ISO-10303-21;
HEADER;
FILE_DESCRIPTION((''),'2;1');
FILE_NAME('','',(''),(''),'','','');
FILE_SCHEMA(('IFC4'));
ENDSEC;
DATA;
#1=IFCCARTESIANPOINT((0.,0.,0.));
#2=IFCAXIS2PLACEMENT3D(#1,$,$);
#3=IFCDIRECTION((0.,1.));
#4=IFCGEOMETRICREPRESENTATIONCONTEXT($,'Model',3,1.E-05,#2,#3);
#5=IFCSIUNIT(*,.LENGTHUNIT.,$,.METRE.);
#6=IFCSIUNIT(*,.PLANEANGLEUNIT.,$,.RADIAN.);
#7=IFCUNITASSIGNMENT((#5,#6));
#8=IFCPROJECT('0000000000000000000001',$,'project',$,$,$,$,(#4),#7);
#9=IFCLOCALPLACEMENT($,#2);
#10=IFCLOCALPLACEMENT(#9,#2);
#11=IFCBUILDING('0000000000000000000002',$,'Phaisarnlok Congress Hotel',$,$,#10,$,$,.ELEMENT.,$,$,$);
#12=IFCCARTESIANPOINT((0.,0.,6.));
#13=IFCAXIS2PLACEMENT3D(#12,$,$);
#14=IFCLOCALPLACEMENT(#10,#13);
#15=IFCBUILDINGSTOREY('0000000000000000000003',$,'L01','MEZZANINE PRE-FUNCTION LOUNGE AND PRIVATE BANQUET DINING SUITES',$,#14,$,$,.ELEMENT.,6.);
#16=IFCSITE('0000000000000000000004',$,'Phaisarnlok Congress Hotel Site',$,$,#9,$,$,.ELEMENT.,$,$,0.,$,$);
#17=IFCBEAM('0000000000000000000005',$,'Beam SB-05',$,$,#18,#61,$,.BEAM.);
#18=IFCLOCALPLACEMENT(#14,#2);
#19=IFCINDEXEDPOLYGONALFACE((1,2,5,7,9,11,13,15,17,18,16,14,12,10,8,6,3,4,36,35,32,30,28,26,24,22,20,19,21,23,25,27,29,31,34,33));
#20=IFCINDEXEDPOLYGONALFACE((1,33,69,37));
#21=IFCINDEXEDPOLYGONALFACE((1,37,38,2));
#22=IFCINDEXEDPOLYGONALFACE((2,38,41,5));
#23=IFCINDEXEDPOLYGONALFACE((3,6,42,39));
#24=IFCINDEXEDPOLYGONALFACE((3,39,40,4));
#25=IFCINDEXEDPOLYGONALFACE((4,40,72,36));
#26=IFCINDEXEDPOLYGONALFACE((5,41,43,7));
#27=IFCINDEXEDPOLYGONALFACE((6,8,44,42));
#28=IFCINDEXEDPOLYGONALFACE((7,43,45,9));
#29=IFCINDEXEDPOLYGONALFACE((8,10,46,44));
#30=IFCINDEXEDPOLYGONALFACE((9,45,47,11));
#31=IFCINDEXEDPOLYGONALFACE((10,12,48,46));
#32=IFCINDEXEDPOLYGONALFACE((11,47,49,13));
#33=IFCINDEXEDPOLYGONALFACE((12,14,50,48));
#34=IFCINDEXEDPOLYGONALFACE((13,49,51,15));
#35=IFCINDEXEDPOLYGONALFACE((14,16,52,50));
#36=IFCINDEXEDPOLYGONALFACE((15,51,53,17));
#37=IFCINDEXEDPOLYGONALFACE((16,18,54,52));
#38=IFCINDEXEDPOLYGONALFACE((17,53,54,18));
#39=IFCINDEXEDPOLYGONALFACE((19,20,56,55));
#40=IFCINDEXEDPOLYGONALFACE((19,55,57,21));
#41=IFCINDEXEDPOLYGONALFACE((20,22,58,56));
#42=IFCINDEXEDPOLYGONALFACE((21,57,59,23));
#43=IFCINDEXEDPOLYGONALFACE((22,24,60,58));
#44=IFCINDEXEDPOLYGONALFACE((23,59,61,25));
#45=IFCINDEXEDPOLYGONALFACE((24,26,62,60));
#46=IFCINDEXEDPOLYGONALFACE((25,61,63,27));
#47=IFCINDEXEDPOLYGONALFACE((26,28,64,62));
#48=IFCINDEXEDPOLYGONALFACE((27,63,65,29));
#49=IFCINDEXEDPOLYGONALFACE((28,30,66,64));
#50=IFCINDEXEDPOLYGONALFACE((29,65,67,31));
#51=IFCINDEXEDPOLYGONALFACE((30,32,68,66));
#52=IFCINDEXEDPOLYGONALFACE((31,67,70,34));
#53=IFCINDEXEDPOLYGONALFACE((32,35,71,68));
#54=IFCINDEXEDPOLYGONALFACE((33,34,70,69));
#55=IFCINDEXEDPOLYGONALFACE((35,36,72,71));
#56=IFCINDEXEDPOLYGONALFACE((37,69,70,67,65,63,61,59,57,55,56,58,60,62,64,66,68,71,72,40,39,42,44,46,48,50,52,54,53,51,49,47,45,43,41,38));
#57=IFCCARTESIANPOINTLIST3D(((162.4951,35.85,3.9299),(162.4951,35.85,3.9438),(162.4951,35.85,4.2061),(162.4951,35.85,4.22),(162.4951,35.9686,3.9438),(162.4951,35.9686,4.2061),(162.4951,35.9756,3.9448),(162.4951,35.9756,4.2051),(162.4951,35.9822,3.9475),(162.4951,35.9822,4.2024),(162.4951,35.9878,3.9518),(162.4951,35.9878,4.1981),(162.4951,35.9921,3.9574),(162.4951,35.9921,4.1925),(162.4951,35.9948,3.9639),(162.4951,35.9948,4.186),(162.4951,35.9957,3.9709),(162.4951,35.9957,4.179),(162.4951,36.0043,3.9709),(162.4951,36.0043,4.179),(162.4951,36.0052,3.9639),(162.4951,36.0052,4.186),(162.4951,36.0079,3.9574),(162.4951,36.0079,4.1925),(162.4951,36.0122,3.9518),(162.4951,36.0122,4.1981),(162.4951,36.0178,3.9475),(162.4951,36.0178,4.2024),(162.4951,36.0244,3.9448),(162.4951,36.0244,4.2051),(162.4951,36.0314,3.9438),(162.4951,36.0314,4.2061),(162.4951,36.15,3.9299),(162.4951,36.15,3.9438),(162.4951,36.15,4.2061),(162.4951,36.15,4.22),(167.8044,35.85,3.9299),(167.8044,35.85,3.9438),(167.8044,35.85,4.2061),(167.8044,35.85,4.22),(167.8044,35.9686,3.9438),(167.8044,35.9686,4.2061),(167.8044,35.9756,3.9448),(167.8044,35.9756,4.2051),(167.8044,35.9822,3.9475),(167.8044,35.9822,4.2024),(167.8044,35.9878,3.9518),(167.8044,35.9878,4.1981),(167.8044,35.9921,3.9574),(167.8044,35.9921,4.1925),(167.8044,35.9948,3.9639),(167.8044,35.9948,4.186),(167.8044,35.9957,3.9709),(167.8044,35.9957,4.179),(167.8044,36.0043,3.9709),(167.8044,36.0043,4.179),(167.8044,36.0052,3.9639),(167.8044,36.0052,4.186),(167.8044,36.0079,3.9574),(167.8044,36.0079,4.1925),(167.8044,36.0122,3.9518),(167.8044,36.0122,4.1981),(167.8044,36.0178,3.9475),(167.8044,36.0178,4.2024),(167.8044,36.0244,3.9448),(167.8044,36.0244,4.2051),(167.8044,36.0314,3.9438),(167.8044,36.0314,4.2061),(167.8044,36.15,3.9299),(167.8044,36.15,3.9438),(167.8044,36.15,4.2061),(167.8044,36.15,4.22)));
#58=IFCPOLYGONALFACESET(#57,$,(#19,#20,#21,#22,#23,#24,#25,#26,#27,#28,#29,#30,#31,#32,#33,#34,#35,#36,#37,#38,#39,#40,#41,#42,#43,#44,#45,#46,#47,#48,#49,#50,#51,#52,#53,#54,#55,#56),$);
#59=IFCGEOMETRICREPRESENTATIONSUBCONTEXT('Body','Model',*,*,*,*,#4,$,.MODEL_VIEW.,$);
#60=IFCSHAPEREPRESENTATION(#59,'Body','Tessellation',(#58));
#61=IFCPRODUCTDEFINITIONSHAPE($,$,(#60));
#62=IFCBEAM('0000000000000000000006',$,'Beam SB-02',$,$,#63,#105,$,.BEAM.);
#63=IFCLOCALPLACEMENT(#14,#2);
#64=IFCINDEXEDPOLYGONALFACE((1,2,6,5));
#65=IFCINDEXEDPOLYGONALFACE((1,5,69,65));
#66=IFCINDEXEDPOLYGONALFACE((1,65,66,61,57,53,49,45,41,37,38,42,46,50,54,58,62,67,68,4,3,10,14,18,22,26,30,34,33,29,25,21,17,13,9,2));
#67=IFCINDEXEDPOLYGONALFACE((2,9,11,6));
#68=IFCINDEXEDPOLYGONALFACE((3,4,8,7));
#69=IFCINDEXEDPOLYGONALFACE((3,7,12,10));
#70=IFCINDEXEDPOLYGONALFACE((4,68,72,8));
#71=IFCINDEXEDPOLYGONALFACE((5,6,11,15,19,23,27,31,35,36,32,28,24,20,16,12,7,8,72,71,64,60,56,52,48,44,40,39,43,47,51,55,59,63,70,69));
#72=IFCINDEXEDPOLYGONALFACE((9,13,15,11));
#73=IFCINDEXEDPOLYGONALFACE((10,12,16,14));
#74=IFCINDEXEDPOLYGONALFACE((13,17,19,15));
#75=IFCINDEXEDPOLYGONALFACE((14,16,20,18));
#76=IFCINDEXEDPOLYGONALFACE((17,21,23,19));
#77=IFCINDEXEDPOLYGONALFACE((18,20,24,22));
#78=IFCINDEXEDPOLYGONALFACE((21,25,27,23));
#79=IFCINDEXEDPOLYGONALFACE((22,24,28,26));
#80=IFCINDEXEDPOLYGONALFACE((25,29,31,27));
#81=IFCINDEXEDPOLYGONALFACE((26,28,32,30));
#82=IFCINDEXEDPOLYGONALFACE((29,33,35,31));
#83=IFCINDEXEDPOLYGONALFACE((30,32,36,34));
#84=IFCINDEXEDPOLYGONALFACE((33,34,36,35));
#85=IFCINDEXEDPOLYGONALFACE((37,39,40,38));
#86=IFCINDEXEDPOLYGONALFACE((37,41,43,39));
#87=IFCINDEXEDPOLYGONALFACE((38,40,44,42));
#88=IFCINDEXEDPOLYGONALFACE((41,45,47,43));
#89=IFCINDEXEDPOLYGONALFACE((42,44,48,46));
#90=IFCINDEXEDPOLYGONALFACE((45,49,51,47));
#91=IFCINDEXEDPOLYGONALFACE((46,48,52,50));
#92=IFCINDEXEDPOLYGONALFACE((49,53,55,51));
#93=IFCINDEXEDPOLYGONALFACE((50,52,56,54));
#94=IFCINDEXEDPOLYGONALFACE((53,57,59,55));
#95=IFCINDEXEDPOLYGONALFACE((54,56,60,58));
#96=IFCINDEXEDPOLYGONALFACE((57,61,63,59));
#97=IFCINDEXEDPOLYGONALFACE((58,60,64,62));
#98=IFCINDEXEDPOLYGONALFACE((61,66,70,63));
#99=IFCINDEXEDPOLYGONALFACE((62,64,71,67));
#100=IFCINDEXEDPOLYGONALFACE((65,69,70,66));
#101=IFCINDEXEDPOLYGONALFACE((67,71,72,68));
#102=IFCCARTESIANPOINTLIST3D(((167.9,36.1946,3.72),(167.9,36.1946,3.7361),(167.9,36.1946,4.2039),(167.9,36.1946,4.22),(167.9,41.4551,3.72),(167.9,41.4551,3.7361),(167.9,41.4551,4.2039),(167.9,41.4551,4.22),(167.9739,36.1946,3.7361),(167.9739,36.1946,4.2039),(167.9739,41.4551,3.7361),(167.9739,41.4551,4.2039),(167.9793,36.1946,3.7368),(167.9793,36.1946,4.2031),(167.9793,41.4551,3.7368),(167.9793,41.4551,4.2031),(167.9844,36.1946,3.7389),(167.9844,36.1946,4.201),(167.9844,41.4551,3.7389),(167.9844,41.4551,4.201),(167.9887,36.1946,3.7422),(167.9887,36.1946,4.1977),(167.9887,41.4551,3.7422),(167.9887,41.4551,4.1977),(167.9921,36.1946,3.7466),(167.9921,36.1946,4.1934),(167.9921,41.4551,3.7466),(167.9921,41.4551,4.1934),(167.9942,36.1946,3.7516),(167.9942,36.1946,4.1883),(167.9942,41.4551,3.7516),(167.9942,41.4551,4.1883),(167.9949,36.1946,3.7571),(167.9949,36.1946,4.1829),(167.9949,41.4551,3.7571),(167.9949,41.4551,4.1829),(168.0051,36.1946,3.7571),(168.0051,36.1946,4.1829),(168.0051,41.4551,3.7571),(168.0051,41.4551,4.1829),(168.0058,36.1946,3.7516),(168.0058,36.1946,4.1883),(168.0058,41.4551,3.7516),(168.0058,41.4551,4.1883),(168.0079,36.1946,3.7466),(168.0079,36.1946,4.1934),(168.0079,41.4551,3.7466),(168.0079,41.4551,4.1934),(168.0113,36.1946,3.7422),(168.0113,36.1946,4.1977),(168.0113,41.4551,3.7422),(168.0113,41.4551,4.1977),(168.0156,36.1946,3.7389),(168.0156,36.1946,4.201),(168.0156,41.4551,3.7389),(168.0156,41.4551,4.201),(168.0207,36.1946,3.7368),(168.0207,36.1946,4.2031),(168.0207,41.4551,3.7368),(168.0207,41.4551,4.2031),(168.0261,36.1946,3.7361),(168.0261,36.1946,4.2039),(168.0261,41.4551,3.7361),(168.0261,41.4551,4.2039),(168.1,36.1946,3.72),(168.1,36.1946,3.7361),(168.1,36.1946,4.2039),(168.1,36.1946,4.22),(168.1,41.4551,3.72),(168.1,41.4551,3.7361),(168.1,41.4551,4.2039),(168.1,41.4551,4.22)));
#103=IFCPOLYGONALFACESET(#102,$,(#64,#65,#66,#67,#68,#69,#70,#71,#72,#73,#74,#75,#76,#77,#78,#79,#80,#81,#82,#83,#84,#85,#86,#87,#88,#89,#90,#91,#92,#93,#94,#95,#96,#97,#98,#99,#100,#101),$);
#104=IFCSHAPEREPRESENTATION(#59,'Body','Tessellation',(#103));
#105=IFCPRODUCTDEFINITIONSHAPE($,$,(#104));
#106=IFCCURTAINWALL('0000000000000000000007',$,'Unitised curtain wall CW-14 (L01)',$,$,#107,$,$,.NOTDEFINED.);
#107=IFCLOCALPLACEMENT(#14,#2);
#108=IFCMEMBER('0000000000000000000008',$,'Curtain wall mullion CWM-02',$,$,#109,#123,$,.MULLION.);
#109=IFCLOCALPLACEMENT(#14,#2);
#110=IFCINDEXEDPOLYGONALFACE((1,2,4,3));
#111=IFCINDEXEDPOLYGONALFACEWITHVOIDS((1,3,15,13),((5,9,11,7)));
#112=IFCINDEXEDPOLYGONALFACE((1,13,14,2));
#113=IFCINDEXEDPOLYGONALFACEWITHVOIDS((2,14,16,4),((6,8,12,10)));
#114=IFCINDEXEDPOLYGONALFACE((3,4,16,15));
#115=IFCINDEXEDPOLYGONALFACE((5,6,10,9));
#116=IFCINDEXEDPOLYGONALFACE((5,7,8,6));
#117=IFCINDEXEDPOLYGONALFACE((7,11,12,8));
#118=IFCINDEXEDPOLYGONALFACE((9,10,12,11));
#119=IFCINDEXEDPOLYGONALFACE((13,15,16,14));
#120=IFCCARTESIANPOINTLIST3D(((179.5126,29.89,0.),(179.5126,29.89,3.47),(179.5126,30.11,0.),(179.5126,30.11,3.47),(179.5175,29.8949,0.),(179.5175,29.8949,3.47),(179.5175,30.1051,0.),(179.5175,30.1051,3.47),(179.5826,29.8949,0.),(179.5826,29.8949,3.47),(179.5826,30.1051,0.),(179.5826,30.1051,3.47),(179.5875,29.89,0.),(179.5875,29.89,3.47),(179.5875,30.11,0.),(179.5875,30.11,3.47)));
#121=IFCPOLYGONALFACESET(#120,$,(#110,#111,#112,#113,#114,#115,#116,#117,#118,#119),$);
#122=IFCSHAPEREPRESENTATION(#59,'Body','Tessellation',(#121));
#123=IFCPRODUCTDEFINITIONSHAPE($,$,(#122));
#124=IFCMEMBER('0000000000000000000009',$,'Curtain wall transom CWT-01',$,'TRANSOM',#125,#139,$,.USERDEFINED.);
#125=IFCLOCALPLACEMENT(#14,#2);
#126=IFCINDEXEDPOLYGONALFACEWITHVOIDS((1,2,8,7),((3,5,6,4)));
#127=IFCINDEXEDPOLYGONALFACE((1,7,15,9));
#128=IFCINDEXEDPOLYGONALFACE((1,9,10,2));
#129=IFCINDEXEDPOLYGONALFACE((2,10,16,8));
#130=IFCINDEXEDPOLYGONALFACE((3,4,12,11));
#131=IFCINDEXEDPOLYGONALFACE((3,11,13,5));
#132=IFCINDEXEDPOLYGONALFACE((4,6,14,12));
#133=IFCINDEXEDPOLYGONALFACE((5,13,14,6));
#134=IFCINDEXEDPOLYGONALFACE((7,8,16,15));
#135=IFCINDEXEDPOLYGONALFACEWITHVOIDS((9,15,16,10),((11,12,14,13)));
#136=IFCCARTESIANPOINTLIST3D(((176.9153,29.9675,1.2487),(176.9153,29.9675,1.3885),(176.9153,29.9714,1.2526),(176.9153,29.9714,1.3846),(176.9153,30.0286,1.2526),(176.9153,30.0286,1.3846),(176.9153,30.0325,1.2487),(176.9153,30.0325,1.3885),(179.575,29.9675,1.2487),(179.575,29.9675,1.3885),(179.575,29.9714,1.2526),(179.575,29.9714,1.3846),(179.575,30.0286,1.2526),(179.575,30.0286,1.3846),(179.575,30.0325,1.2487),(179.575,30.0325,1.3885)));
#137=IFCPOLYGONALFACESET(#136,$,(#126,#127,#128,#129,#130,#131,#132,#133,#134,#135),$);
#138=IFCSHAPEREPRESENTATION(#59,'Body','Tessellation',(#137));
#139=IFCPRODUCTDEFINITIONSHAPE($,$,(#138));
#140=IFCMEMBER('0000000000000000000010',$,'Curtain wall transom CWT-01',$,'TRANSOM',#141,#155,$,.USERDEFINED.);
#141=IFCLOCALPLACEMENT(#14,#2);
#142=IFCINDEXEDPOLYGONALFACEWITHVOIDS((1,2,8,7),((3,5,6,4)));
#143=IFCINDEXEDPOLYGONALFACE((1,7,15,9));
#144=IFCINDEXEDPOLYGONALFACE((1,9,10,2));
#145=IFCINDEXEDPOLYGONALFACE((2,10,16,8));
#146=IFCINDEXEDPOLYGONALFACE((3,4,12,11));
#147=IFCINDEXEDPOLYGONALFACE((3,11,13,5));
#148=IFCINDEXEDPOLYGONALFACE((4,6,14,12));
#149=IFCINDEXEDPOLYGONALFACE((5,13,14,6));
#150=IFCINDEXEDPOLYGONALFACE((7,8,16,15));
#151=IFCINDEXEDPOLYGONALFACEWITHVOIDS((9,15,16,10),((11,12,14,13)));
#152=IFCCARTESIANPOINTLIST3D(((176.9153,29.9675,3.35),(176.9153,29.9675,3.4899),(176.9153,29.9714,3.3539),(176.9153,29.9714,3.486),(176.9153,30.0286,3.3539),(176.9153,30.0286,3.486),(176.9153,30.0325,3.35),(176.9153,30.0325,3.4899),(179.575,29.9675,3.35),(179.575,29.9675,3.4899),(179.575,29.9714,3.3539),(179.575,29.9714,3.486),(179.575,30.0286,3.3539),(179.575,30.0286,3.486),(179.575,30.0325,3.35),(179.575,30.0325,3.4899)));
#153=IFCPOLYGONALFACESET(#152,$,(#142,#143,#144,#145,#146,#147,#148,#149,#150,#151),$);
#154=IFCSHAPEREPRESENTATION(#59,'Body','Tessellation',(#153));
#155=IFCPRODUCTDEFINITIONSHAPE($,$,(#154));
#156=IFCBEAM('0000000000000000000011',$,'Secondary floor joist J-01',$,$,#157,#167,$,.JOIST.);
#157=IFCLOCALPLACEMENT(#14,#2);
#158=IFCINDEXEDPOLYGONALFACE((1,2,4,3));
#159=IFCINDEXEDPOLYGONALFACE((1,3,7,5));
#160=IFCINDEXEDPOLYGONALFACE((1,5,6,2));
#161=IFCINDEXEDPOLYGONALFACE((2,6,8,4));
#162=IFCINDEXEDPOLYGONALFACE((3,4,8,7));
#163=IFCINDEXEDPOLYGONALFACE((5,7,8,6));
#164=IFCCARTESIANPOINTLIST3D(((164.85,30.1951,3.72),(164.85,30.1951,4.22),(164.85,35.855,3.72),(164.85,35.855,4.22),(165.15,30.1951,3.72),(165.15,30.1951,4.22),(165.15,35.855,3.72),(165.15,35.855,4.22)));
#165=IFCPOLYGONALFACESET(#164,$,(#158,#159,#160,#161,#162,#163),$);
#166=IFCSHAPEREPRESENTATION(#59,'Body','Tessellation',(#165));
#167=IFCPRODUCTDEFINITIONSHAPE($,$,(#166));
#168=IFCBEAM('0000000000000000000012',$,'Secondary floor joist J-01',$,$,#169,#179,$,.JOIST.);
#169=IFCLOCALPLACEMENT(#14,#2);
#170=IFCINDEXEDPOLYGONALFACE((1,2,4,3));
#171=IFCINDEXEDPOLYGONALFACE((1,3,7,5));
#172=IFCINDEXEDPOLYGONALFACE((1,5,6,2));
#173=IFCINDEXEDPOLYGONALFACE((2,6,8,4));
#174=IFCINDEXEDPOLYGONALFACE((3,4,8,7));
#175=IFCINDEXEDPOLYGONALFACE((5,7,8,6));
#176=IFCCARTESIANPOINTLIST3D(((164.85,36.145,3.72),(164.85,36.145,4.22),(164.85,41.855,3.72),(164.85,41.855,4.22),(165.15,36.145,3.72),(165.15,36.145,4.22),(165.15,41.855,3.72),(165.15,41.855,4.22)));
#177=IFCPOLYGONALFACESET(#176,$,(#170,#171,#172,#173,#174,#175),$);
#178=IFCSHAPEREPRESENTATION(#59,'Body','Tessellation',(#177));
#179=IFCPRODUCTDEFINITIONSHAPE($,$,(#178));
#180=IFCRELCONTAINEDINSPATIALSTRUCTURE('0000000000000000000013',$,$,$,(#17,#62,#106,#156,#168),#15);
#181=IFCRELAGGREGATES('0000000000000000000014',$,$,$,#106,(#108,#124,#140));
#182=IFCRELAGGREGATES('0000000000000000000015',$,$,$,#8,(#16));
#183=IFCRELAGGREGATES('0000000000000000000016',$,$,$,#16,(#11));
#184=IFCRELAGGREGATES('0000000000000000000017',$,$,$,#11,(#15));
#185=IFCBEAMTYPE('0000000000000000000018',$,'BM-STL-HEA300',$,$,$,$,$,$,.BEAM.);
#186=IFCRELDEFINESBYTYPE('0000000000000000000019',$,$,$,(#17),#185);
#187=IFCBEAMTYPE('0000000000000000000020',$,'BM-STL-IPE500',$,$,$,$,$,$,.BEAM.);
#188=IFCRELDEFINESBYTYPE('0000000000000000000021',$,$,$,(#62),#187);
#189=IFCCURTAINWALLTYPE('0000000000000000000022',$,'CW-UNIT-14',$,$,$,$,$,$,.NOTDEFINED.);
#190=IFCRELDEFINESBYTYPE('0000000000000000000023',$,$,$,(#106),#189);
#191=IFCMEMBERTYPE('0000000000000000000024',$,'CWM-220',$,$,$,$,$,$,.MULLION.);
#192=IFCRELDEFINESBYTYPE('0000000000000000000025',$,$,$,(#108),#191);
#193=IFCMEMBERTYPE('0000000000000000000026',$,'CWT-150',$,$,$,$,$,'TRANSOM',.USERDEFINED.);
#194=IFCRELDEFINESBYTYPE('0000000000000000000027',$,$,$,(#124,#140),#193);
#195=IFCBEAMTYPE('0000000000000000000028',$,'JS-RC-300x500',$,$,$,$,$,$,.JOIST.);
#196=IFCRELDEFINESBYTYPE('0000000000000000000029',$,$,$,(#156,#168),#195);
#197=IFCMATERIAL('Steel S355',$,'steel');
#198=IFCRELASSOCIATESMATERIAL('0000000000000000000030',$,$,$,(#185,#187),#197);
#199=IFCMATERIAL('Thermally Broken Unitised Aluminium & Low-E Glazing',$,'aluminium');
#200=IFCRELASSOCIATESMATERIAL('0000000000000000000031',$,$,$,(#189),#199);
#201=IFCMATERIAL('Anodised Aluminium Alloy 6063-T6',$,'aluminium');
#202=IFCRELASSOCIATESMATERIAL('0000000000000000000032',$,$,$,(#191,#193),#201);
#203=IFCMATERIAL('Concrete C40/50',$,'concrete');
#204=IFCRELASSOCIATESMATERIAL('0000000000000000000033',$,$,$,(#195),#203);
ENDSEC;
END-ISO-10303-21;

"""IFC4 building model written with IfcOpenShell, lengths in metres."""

from ifc_helpers import new_model, si_unit, direction, frame, origin, origin_2d, place, context, subcontext, project, spatial, rectangle, hollow_rectangle, i_section, extrude, material, material_profile, profile_set, type_object, element, aggregate, save


model = new_model("IFC4")

# Units and contexts
model_context = context("Model", 3, precision=1e-05, world=origin(), true_north=direction((0.0, 1.0)))
body_context = subcontext(model_context, "Body", "Model", "MODEL_VIEW")
ifc_project = project(units=[si_unit("LENGTHUNIT", "METRE"), si_unit("PLANEANGLEUNIT", "RADIAN")], contexts=[model_context])

# Site, building, storey
site_placement = place(None, origin())
site = spatial("IfcSite", under=ifc_project, at=site_placement, Name="Phaisarnlok Congress Hotel Site", CompositionType="ELEMENT", RefElevation=0.0)
building_placement = place(site_placement, origin())
building = spatial("IfcBuilding", under=site, at=building_placement, Name="Phaisarnlok Congress Hotel", CompositionType="ELEMENT")
storey_placement = place(building_placement, frame((0.0, 0.0, 6.0)))
storey = spatial("IfcBuildingStorey", under=building, at=storey_placement, Name="L01", Description="MEZZANINE PRE-FUNCTION LOUNGE AND PRIVATE BANQUET DINING SUITES", CompositionType="ELEMENT", Elevation=6.0)

# Shared definitions
ifc_material_1 = material(Name="Steel S355", Category="steel")

# Beams
ifc_material_2 = material(Name="Concrete C40/50", Category="concrete")
ifc_material_profile_1 = material_profile(ifc_material_1, i_section(OverallWidth=0.3, OverallDepth=0.29, WebThickness=0.0085, FlangeThickness=0.0139, FilletRadius=0.0271, at=origin_2d()), Name="HEA 300")
ifc_profile_set_1 = profile_set([ifc_material_profile_1], Name="Steel S355")
beam_type_1 = type_object("IfcBeamType", Name="BM-STL-HEA300", PredefinedType="BEAM", material=ifc_profile_set_1)
beam_1_placement = place(storey_placement, frame((162.4951, 36.0, 4.075), z_axis=(1.0, 0.0, 0.0), x_axis=(0.0, 1.0, 0.0)))
element("IfcBeam", 1, at=beam_1_placement, inside=storey, type_object=beam_type_1, Name="Beam SB-05", PredefinedType="BEAM", context=body_context, shape_type="SweptSolid", body=[
    extrude(i_section(OverallWidth=0.3, OverallDepth=0.29, WebThickness=0.0085, FlangeThickness=0.0139, FilletRadius=0.0271, at=origin_2d()), origin(), (0.0, 0.0, 1.0), 5.3093),
])
ifc_material_profile_2 = material_profile(ifc_material_1, i_section(OverallWidth=0.2, OverallDepth=0.5, WebThickness=0.0103, FlangeThickness=0.0161, FilletRadius=0.021, at=origin_2d()), Name="IPE 500")
ifc_profile_set_2 = profile_set([ifc_material_profile_2], Name="Steel S355")
beam_type_2 = type_object("IfcBeamType", Name="BM-STL-IPE500", PredefinedType="BEAM", material=ifc_profile_set_2)
beam_2_placement = place(storey_placement, frame((168.0, 36.1946, 3.97), z_axis=(0.0, 1.0, 0.0), x_axis=(-1.0, 0.0, 0.0)))
element("IfcBeam", 2, at=beam_2_placement, inside=storey, type_object=beam_type_2, Name="Beam SB-02", PredefinedType="BEAM", context=body_context, shape_type="SweptSolid", body=[
    extrude(i_section(OverallWidth=0.2, OverallDepth=0.5, WebThickness=0.0103, FlangeThickness=0.0161, FilletRadius=0.021, at=origin_2d()), origin(), (0.0, 0.0, 1.0), 5.2605),
])

# Curtain wall, members
ifc_material_3 = material(Name="Thermally Broken Unitised Aluminium & Low-E Glazing", Category="aluminium")
curtain_wall_type = type_object("IfcCurtainWallType", Name="CW-UNIT-14", PredefinedType="NOTDEFINED", material=ifc_material_3)
curtain_wall_placement = place(storey_placement, origin())
curtain_wall = element("IfcCurtainWall", 3, at=curtain_wall_placement, inside=storey, type_object=curtain_wall_type, Name="Unitised curtain wall CW-14 (L01)", PredefinedType="NOTDEFINED")
ifc_material_4 = material(Name="Anodised Aluminium Alloy 6063-T6", Category="aluminium")
ifc_material_profile_3 = material_profile(ifc_material_4, hollow_rectangle(XDim=0.075, YDim=0.22, WallThickness=0.0049, at=origin_2d()), Name="ALU-M 75x220x5")
ifc_profile_set_3 = profile_set([ifc_material_profile_3], Name="Anodised Aluminium Alloy 6063-T6")
member_type_1 = type_object("IfcMemberType", Name="CWM-220", PredefinedType="MULLION", material=ifc_profile_set_3)
member_1_placement = place(storey_placement, frame((179.55, 30.0, 0.0), z_axis=(0.0, 0.0, 1.0), x_axis=(1.0, 0.0, 0.0)))
member_1 = element("IfcMember", 4, at=member_1_placement, type_object=member_type_1, Name="Curtain wall mullion CWM-02", PredefinedType="MULLION", context=body_context, shape_type="SweptSolid", body=[
    extrude(hollow_rectangle(XDim=0.075, YDim=0.22, WallThickness=0.0049, at=origin_2d()), origin(), (0.0, 0.0, 1.0), 3.47),
])
ifc_material_profile_4 = material_profile(ifc_material_4, hollow_rectangle(XDim=0.0649, YDim=0.1399, WallThickness=0.0039, at=origin_2d()), Name="ALU-T 65x140x4")
ifc_profile_set_4 = profile_set([ifc_material_profile_4], Name="Anodised Aluminium Alloy 6063-T6")
member_type_2 = type_object("IfcMemberType", Name="CWT-150", ElementType="TRANSOM", PredefinedType="USERDEFINED", material=ifc_profile_set_4)
member_2_placement = place(storey_placement, frame((176.9153, 30.0, 1.3186), z_axis=(1.0, 0.0, 0.0), x_axis=(0.0, 1.0, 0.0)))
member_2 = element("IfcMember", 5, at=member_2_placement, type_object=member_type_2, Name="Curtain wall transom CWT-01", ObjectType="TRANSOM", PredefinedType="USERDEFINED", context=body_context, shape_type="SweptSolid", body=[
    extrude(hollow_rectangle(XDim=0.0649, YDim=0.1399, WallThickness=0.0039, at=origin_2d()), origin(), (0.0, 0.0, 1.0), 2.6597),
])
member_3_placement = place(storey_placement, frame((176.9153, 30.0, 3.4199), z_axis=(1.0, 0.0, 0.0), x_axis=(0.0, 1.0, 0.0)))
member_3 = element("IfcMember", 6, at=member_3_placement, type_object=member_type_2, Name="Curtain wall transom CWT-01", ObjectType="TRANSOM", PredefinedType="USERDEFINED", context=body_context, shape_type="SweptSolid", body=[
    extrude(hollow_rectangle(XDim=0.0649, YDim=0.1399, WallThickness=0.0039, at=origin_2d()), origin(), (0.0, 0.0, 1.0), 2.6597),
])

# Beams
ifc_material_profile_5 = material_profile(ifc_material_2, rectangle(XDim=0.3, YDim=0.5, at=origin_2d()), Name="RC 300x500")
ifc_profile_set_5 = profile_set([ifc_material_profile_5], Name="Concrete C40/50")
beam_type_3 = type_object("IfcBeamType", Name="JS-RC-300x500", PredefinedType="JOIST", material=ifc_profile_set_5)
beam_3_placement = place(storey_placement, frame((165.0, 30.1951, 3.97), z_axis=(0.0, 1.0, 0.0), x_axis=(-1.0, 0.0, 0.0)))
element("IfcBeam", 7, at=beam_3_placement, inside=storey, type_object=beam_type_3, Name="Secondary floor joist J-01", PredefinedType="JOIST", context=body_context, shape_type="SweptSolid", body=[
    extrude(rectangle(XDim=0.3, YDim=0.5, at=origin_2d()), origin(), (0.0, 0.0, 1.0), 5.6599),
])
beam_4_placement = place(storey_placement, frame((165.0, 36.145, 3.97), z_axis=(0.0, 1.0, 0.0), x_axis=(-1.0, 0.0, 0.0)))
element("IfcBeam", 8, at=beam_4_placement, inside=storey, type_object=beam_type_3, Name="Secondary floor joist J-01", PredefinedType="JOIST", context=body_context, shape_type="SweptSolid", body=[
    extrude(rectangle(XDim=0.3, YDim=0.5, at=origin_2d()), origin(), (0.0, 0.0, 1.0), 5.71),
])

aggregate(curtain_wall, [member_1, member_2, member_3])

save(model, "model.ifc")
